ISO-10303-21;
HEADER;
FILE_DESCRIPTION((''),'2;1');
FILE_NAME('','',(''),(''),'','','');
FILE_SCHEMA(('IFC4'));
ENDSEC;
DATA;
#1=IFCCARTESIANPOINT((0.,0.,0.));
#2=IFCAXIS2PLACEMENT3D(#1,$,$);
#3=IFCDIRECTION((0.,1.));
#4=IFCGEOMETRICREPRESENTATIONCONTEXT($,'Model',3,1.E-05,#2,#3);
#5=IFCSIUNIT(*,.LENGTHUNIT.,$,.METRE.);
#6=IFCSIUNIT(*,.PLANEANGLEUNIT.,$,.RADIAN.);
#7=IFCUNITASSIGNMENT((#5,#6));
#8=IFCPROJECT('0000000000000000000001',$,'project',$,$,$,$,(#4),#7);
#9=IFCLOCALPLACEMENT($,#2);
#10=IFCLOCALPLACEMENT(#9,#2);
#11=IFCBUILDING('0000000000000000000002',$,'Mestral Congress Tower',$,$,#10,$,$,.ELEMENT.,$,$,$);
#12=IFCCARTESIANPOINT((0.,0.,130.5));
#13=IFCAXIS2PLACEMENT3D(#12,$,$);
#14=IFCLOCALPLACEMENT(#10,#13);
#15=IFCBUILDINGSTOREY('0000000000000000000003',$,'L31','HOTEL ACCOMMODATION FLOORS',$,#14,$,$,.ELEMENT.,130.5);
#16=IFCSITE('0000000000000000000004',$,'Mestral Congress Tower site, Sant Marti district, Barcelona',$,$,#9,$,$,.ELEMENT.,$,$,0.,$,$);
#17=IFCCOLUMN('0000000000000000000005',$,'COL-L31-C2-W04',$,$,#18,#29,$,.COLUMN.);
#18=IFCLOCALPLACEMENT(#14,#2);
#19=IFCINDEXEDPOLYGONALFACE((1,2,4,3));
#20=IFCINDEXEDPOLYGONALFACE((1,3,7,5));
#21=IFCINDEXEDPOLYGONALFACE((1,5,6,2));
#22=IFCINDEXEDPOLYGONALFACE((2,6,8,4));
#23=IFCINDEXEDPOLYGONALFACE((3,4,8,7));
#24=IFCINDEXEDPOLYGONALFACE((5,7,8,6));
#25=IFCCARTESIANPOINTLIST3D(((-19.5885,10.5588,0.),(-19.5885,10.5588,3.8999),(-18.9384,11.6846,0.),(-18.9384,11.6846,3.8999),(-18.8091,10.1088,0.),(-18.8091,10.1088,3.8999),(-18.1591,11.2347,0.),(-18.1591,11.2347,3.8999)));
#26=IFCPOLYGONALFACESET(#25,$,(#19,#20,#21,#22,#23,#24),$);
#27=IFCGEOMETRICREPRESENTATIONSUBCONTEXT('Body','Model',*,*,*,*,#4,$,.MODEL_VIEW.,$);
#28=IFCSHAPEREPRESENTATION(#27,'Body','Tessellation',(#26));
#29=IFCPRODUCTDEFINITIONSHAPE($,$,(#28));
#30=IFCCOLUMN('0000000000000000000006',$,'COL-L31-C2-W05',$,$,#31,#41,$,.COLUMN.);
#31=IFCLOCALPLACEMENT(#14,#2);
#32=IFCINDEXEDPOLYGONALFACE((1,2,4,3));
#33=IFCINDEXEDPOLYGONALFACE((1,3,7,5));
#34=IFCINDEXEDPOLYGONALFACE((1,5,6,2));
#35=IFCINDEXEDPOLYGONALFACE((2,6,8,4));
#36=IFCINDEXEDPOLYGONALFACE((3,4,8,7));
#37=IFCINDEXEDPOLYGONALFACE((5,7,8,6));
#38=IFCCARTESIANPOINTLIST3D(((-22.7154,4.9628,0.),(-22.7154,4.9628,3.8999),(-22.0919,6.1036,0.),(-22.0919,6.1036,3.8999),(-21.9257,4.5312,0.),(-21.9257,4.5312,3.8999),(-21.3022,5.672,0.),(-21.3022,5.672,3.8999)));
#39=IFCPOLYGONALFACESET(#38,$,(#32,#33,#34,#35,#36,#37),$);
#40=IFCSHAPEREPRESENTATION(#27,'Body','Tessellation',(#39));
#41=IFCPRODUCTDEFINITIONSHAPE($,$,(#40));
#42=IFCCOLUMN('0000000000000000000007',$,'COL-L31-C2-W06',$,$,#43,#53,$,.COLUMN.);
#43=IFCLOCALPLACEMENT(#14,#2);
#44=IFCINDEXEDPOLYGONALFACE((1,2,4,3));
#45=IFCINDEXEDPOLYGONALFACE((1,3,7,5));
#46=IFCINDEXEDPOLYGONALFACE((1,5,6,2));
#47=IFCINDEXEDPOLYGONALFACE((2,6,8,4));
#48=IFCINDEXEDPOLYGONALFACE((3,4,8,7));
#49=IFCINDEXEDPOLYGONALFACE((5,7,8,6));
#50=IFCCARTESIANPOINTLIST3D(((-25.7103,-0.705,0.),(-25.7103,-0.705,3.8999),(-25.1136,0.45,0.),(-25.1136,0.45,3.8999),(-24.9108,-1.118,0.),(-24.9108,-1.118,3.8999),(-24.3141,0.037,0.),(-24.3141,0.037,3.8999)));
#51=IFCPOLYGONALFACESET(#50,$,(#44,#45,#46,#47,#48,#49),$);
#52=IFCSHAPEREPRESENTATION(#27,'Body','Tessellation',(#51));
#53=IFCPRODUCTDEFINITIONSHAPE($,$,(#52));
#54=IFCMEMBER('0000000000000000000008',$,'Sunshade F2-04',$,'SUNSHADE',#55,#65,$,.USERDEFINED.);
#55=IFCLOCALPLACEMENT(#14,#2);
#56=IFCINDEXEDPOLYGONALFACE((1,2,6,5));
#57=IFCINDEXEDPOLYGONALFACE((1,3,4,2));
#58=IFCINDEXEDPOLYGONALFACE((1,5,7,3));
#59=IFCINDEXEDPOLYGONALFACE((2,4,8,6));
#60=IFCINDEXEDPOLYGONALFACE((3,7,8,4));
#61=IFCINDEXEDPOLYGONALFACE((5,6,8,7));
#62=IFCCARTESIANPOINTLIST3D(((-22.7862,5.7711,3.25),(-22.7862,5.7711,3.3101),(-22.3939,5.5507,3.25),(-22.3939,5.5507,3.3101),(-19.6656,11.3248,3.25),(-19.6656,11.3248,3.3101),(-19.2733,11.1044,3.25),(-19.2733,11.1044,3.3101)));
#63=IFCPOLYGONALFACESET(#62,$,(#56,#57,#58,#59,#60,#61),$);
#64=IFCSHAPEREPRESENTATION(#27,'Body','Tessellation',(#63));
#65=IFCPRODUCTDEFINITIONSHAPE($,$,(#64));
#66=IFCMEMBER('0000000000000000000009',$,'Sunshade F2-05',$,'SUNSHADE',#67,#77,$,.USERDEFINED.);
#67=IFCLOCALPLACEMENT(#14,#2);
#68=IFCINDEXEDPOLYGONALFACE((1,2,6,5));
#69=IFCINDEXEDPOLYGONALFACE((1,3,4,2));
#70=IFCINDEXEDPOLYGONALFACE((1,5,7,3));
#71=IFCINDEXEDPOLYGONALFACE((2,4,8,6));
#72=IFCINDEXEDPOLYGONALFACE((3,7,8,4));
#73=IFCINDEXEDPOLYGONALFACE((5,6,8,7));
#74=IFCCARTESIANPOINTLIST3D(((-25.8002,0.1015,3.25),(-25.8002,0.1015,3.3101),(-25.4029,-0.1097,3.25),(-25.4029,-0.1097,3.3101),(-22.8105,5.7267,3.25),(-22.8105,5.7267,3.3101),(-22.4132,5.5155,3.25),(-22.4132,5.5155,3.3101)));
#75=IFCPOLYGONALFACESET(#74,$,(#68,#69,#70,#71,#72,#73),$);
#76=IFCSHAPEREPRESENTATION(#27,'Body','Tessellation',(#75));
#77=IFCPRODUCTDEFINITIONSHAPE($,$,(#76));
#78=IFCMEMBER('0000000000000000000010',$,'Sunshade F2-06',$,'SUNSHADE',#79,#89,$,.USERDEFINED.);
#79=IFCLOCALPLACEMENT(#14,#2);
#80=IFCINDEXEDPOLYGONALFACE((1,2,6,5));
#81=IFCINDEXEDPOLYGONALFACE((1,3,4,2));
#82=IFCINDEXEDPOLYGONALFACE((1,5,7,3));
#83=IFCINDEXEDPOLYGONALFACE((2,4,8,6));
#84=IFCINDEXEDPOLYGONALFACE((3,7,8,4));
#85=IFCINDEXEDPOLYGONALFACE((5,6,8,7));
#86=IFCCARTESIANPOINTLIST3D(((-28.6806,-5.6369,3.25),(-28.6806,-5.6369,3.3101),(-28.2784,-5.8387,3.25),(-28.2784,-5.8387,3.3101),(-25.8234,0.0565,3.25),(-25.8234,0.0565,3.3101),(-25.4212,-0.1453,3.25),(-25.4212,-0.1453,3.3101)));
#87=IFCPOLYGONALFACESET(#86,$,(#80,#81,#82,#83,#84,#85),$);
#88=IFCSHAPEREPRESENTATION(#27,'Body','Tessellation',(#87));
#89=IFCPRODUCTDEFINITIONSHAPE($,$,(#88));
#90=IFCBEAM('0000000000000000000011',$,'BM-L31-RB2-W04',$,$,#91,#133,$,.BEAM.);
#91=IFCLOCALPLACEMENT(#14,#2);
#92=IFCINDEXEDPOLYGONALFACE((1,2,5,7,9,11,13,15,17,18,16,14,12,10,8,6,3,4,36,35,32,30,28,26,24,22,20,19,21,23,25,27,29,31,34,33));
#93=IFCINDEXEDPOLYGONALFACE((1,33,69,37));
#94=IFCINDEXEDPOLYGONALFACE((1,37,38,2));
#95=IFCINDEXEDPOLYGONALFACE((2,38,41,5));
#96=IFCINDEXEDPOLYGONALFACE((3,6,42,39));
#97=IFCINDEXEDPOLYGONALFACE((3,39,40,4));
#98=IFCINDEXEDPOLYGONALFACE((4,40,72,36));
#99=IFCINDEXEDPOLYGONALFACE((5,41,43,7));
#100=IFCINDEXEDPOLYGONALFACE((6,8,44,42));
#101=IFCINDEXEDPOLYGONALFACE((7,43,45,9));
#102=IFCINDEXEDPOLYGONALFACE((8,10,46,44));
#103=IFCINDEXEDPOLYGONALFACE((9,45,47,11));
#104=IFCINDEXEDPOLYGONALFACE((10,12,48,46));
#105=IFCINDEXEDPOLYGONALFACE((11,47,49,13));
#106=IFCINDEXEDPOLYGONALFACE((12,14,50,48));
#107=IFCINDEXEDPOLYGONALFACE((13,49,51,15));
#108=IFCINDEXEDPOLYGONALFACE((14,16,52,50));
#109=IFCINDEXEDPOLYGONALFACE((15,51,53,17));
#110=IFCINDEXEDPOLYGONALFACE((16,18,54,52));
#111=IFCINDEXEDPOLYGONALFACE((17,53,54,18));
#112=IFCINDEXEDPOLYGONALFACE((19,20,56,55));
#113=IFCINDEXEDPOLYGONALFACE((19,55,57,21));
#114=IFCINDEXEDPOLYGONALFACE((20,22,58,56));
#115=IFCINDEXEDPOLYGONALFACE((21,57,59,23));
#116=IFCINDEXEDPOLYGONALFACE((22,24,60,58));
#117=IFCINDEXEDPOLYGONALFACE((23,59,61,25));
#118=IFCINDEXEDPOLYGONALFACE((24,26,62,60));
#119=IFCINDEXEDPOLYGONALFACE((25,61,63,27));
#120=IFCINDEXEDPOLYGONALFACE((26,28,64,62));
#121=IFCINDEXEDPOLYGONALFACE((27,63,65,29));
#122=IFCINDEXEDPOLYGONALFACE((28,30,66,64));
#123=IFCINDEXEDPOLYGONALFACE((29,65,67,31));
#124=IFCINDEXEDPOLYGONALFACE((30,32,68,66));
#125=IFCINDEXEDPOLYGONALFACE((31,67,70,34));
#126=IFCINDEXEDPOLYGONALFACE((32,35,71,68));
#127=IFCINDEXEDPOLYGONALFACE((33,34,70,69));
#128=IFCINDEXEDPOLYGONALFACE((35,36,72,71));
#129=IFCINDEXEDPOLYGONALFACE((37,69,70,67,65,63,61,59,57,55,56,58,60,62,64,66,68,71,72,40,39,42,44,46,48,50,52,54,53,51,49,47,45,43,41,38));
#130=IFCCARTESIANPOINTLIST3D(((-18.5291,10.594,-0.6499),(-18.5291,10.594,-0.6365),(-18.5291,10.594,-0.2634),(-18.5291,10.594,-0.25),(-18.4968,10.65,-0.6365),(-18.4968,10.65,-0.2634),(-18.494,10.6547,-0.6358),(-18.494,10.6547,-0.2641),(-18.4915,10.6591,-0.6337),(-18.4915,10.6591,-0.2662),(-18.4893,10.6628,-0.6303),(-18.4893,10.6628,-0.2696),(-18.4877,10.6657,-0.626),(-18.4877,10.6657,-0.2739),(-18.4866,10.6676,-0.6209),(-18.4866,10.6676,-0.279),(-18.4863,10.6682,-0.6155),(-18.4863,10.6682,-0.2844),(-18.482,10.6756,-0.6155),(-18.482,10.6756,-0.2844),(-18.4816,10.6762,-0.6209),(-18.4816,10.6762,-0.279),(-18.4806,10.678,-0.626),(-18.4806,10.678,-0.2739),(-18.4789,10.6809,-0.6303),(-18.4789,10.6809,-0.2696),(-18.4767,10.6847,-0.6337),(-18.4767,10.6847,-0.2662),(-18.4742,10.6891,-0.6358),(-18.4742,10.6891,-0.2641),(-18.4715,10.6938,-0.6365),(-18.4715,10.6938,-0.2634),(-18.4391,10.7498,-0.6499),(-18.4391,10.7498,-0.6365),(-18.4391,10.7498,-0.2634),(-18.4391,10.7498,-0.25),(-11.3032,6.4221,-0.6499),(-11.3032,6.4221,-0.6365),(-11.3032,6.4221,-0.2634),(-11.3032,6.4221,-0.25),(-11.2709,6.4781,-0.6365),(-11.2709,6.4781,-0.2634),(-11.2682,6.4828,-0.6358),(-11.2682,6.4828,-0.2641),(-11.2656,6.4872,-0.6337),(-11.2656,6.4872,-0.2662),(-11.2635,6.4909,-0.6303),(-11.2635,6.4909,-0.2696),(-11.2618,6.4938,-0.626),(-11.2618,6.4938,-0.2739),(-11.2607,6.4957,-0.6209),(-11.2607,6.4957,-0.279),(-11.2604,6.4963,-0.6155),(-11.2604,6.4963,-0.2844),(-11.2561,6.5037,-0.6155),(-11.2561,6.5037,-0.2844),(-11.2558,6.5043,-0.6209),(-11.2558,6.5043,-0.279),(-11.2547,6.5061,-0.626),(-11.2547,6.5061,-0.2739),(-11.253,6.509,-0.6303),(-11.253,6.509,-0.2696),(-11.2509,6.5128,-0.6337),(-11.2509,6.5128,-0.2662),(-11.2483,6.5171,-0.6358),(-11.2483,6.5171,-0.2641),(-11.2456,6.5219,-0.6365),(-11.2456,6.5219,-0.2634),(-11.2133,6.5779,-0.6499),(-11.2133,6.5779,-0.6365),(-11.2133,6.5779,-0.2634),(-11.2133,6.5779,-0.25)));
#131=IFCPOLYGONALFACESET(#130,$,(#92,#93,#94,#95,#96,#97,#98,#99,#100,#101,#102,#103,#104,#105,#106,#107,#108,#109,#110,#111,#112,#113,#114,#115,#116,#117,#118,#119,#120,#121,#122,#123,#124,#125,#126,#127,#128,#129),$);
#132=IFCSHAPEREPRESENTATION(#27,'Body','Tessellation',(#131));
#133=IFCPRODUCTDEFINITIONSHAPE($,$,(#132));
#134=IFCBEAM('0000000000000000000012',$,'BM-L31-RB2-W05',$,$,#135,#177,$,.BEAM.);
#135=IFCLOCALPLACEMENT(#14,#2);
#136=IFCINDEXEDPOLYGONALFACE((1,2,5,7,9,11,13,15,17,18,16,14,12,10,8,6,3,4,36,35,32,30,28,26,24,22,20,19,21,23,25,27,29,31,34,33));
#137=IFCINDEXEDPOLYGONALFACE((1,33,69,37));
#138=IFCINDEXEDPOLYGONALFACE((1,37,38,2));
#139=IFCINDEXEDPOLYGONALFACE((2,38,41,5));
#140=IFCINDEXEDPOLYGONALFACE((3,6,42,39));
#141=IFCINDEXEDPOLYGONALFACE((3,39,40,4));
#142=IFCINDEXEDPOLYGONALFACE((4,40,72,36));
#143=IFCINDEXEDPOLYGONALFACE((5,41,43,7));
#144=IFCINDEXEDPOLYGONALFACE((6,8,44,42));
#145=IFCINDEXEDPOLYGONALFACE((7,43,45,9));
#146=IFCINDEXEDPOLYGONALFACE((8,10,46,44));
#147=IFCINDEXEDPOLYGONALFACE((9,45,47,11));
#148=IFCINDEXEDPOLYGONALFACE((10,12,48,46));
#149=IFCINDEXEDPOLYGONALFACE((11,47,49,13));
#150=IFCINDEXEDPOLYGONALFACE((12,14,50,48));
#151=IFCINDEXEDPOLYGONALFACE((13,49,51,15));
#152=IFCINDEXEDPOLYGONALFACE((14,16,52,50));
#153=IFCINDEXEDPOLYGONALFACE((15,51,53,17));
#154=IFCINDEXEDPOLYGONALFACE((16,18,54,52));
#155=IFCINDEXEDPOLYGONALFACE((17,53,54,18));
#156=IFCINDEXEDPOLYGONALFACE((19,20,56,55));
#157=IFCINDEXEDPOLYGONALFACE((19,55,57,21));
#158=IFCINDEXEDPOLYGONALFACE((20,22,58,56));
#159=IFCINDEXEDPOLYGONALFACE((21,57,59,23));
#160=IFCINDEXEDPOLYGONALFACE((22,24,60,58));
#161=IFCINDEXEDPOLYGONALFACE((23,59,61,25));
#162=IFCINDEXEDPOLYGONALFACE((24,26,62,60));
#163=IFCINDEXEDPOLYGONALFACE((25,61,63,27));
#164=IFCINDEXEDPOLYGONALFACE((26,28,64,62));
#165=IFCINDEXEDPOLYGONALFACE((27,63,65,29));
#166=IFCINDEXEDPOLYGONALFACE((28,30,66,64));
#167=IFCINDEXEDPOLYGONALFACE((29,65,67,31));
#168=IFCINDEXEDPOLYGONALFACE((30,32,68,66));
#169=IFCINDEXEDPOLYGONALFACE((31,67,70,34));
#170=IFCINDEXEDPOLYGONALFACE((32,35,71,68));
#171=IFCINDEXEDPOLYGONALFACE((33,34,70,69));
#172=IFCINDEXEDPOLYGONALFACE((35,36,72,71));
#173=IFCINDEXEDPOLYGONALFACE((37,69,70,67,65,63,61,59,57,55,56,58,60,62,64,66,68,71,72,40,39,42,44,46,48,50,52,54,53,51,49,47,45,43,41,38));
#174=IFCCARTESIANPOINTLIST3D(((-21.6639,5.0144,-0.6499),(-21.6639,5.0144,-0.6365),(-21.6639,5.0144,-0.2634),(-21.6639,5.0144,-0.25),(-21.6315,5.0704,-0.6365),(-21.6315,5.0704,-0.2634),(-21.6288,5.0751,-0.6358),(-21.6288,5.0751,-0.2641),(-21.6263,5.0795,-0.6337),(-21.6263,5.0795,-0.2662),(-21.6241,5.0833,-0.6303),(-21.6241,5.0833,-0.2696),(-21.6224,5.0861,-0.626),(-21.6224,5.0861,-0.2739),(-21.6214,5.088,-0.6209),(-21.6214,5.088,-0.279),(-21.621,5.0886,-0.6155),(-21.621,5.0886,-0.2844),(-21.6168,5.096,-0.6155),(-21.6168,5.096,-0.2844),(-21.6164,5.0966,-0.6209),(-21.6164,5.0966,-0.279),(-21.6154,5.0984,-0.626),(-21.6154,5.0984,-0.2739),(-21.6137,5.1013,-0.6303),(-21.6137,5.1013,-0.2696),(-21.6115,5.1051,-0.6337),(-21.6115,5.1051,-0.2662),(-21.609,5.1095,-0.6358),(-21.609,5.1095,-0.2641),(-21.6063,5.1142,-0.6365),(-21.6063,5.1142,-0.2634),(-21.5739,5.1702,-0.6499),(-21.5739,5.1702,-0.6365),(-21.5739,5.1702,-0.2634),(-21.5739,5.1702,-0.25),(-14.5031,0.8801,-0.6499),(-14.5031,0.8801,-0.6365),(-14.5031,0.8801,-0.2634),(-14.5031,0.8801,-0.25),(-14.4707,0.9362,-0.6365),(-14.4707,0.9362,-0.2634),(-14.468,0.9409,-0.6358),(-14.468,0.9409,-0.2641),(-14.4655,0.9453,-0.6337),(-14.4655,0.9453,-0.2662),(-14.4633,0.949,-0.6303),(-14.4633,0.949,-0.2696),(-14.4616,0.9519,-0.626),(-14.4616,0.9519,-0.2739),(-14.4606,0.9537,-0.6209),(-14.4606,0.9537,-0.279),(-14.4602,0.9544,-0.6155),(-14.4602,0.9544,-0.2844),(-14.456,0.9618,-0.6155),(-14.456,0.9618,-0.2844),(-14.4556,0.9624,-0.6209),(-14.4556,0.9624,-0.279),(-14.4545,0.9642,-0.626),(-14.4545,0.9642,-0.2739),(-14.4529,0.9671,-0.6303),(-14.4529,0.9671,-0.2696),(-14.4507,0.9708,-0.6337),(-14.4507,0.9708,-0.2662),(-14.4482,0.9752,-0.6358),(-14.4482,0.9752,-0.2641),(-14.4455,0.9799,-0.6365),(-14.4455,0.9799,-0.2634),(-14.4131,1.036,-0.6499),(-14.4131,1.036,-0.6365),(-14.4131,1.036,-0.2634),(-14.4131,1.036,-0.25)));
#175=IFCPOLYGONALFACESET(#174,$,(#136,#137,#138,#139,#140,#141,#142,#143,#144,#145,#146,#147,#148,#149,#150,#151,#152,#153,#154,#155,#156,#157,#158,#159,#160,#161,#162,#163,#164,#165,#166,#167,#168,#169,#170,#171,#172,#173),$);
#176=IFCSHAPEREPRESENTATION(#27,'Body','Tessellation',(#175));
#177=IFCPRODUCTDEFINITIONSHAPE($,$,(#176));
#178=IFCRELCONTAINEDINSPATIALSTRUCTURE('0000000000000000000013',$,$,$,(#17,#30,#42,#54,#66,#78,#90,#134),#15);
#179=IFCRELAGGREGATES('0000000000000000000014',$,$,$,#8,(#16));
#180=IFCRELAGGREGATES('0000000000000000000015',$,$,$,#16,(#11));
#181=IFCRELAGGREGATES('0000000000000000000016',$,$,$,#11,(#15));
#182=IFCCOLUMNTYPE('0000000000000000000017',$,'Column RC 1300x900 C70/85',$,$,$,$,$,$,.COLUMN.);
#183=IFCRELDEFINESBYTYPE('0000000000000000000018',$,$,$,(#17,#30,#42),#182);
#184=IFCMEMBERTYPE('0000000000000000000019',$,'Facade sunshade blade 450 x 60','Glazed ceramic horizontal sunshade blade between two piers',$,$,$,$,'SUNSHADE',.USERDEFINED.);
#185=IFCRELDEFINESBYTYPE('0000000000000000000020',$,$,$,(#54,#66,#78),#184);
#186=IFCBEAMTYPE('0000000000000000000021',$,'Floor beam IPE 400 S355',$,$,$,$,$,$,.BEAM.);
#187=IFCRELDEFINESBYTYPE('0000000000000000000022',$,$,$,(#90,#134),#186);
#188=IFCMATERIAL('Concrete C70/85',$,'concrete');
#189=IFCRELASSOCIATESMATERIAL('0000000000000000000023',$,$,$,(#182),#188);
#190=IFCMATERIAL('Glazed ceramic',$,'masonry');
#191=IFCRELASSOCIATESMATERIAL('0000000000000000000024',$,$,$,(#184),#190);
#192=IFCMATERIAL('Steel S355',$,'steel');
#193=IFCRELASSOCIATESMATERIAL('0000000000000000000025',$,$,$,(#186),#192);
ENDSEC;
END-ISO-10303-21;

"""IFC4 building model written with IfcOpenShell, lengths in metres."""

from ifc_helpers import new_model, si_unit, direction, frame, origin, origin_2d, place, context, subcontext, project, spatial, rectangle, i_section, extrude, material, material_profile, profile_set, type_object, element, save


model = new_model("IFC4")

# Units and contexts
model_context = context("Model", 3, precision=1e-05, world=origin(), true_north=direction((0.0, 1.0)))
body_context = subcontext(model_context, "Body", "Model", "MODEL_VIEW")
ifc_project = project(units=[si_unit("LENGTHUNIT", "METRE"), si_unit("PLANEANGLEUNIT", "RADIAN")], contexts=[model_context])

# Site, building, storey
site_placement = place(None, origin())
site = spatial("IfcSite", under=ifc_project, at=site_placement, Name="Mestral Congress Tower site, Sant Marti district, Barcelona", CompositionType="ELEMENT", RefElevation=0.0)
building_placement = place(site_placement, origin())
building = spatial("IfcBuilding", under=site, at=building_placement, Name="Mestral Congress Tower", CompositionType="ELEMENT")
storey_placement = place(building_placement, frame((0.0, 0.0, 130.5)))
storey = spatial("IfcBuildingStorey", under=building, at=storey_placement, Name="L31", Description="HOTEL ACCOMMODATION FLOORS", CompositionType="ELEMENT", Elevation=130.5)

# Columns
ifc_material_1 = material(Name="Concrete C70/85", Category="concrete")
ifc_material_profile_1 = material_profile(ifc_material_1, rectangle(XDim=1.3, YDim=0.8999, at=origin_2d()), Name="RC 1300x900")
ifc_profile_set_1 = profile_set([ifc_material_profile_1], Name="Concrete C70/85")
column_type = type_object("IfcColumnType", Name="Column RC 1300x900 C70/85", PredefinedType="COLUMN", material=ifc_profile_set_1)
for number, where, z_axis, x_axis, name in (
    (1, (-18.8738, 10.8967, 0.0), (0.0, 0.0, 1.0), (-0.5, -0.866025, 0.0), "COL-L31-C2-W04"),
    (2, (-22.0088, 5.3174, 0.0), (0.0, 0.0, 1.0), (-0.479613, -0.87748, 0.0), "COL-L31-C2-W05"),
    (3, (-25.0122, -0.334, 0.0), (0.0, 0.0, 1.0), (-0.458961, -0.888456, 0.0), "COL-L31-C2-W06"),
):
    element("IfcColumn", number, at=place(storey_placement, frame(where, z_axis=z_axis, x_axis=x_axis)), inside=storey, type_object=column_type, Name=name, PredefinedType="COLUMN", context=body_context, shape_type="SweptSolid", body=[
        extrude(rectangle(XDim=1.3, YDim=0.8999, at=origin_2d()), origin(), (0.0, 0.0, 1.0), 3.8999),
    ])

# Members
ifc_material_2 = material(Name="Glazed ceramic", Category="masonry")
ifc_material_profile_2 = material_profile(ifc_material_2, rectangle(XDim=0.45, YDim=0.0601, at=origin_2d()), Name="Ceramic blade 450 x 60")
ifc_profile_set_2 = profile_set([ifc_material_profile_2], Name="Glazed ceramic")
member_type = type_object("IfcMemberType", Name="Facade sunshade blade 450 x 60", Description="Glazed ceramic horizontal sunshade blade between two piers", ElementType="SUNSHADE", PredefinedType="USERDEFINED", material=ifc_profile_set_2)
for number, where, z_axis, x_axis, name in (
    (4, (-19.4695, 11.2146, 3.28), (-0.489861, -0.871801, 0.0), (0.871801, -0.489861, 0.0), "Sunshade F2-04"),
    (5, (-22.6118, 5.6211, 3.28), (-0.469319, -0.883029, 0.0), (0.883029, -0.469319, 0.0), "Sunshade F2-05"),
):
    element("IfcMember", number, at=place(storey_placement, frame(where, z_axis=z_axis, x_axis=x_axis)), inside=storey, type_object=member_type, Name=name, ObjectType="SUNSHADE", PredefinedType="USERDEFINED", context=body_context, shape_type="SweptSolid", body=[
        extrude(rectangle(XDim=0.45, YDim=0.0601, at=origin_2d()), origin(), (0.0, 0.0, 1.0), 6.3704),
    ])
member_placement = place(storey_placement, frame((-25.6223, -0.0444, 3.28), z_axis=(-0.448532, -0.893767, 0.0), x_axis=(0.893767, -0.448532, 0.0)))
element("IfcMember", 6, at=member_placement, inside=storey, type_object=member_type, Name="Sunshade F2-06", ObjectType="SUNSHADE", PredefinedType="USERDEFINED", context=body_context, shape_type="SweptSolid", body=[
    extrude(rectangle(XDim=0.45, YDim=0.0601, at=origin_2d()), origin(), (0.0, 0.0, 1.0), 6.3701),
])

# Beams
ifc_material_3 = material(Name="Steel S355", Category="steel")
ifc_material_profile_3 = material_profile(ifc_material_3, i_section(OverallWidth=0.1799, OverallDepth=0.3999, WebThickness=0.0085, FlangeThickness=0.0134, FilletRadius=0.021, at=origin_2d()), Name="IPE 400")
ifc_profile_set_3 = profile_set([ifc_material_profile_3], Name="Steel S355")
beam_type_1 = type_object("IfcBeamType", Name="Floor beam IPE 400 S355", PredefinedType="BEAM", material=ifc_profile_set_3)
beam_1_placement = place(storey_placement, frame((-18.4841, 10.6719, -0.45), z_axis=(0.866023, -0.500004, 0.0), x_axis=(0.500004, 0.866023, 0.0)))
element("IfcBeam", 7, at=beam_1_placement, inside=storey, type_object=beam_type_1, Name="BM-L31-RB2-W04", PredefinedType="BEAM", context=body_context, shape_type="SweptSolid", body=[
    extrude(i_section(OverallWidth=0.1799, OverallDepth=0.3999, WebThickness=0.0085, FlangeThickness=0.0134, FilletRadius=0.021, at=origin_2d()), origin(), (0.0, 0.0, 1.0), 8.3438),
])
beam_2_placement = place(storey_placement, frame((-21.6189, 5.0923, -0.45), z_axis=(0.866029, -0.499994, 0.0), x_axis=(0.499994, 0.866029, 0.0)))
element("IfcBeam", 8, at=beam_2_placement, inside=storey, type_object=beam_type_1, Name="BM-L31-RB2-W05", PredefinedType="BEAM", context=body_context, shape_type="SweptSolid", body=[
    extrude(i_section(OverallWidth=0.1799, OverallDepth=0.3999, WebThickness=0.0085, FlangeThickness=0.0134, FilletRadius=0.021, at=origin_2d()), origin(), (0.0, 0.0, 1.0), 8.2686),
])

save(model, "model.ifc")
